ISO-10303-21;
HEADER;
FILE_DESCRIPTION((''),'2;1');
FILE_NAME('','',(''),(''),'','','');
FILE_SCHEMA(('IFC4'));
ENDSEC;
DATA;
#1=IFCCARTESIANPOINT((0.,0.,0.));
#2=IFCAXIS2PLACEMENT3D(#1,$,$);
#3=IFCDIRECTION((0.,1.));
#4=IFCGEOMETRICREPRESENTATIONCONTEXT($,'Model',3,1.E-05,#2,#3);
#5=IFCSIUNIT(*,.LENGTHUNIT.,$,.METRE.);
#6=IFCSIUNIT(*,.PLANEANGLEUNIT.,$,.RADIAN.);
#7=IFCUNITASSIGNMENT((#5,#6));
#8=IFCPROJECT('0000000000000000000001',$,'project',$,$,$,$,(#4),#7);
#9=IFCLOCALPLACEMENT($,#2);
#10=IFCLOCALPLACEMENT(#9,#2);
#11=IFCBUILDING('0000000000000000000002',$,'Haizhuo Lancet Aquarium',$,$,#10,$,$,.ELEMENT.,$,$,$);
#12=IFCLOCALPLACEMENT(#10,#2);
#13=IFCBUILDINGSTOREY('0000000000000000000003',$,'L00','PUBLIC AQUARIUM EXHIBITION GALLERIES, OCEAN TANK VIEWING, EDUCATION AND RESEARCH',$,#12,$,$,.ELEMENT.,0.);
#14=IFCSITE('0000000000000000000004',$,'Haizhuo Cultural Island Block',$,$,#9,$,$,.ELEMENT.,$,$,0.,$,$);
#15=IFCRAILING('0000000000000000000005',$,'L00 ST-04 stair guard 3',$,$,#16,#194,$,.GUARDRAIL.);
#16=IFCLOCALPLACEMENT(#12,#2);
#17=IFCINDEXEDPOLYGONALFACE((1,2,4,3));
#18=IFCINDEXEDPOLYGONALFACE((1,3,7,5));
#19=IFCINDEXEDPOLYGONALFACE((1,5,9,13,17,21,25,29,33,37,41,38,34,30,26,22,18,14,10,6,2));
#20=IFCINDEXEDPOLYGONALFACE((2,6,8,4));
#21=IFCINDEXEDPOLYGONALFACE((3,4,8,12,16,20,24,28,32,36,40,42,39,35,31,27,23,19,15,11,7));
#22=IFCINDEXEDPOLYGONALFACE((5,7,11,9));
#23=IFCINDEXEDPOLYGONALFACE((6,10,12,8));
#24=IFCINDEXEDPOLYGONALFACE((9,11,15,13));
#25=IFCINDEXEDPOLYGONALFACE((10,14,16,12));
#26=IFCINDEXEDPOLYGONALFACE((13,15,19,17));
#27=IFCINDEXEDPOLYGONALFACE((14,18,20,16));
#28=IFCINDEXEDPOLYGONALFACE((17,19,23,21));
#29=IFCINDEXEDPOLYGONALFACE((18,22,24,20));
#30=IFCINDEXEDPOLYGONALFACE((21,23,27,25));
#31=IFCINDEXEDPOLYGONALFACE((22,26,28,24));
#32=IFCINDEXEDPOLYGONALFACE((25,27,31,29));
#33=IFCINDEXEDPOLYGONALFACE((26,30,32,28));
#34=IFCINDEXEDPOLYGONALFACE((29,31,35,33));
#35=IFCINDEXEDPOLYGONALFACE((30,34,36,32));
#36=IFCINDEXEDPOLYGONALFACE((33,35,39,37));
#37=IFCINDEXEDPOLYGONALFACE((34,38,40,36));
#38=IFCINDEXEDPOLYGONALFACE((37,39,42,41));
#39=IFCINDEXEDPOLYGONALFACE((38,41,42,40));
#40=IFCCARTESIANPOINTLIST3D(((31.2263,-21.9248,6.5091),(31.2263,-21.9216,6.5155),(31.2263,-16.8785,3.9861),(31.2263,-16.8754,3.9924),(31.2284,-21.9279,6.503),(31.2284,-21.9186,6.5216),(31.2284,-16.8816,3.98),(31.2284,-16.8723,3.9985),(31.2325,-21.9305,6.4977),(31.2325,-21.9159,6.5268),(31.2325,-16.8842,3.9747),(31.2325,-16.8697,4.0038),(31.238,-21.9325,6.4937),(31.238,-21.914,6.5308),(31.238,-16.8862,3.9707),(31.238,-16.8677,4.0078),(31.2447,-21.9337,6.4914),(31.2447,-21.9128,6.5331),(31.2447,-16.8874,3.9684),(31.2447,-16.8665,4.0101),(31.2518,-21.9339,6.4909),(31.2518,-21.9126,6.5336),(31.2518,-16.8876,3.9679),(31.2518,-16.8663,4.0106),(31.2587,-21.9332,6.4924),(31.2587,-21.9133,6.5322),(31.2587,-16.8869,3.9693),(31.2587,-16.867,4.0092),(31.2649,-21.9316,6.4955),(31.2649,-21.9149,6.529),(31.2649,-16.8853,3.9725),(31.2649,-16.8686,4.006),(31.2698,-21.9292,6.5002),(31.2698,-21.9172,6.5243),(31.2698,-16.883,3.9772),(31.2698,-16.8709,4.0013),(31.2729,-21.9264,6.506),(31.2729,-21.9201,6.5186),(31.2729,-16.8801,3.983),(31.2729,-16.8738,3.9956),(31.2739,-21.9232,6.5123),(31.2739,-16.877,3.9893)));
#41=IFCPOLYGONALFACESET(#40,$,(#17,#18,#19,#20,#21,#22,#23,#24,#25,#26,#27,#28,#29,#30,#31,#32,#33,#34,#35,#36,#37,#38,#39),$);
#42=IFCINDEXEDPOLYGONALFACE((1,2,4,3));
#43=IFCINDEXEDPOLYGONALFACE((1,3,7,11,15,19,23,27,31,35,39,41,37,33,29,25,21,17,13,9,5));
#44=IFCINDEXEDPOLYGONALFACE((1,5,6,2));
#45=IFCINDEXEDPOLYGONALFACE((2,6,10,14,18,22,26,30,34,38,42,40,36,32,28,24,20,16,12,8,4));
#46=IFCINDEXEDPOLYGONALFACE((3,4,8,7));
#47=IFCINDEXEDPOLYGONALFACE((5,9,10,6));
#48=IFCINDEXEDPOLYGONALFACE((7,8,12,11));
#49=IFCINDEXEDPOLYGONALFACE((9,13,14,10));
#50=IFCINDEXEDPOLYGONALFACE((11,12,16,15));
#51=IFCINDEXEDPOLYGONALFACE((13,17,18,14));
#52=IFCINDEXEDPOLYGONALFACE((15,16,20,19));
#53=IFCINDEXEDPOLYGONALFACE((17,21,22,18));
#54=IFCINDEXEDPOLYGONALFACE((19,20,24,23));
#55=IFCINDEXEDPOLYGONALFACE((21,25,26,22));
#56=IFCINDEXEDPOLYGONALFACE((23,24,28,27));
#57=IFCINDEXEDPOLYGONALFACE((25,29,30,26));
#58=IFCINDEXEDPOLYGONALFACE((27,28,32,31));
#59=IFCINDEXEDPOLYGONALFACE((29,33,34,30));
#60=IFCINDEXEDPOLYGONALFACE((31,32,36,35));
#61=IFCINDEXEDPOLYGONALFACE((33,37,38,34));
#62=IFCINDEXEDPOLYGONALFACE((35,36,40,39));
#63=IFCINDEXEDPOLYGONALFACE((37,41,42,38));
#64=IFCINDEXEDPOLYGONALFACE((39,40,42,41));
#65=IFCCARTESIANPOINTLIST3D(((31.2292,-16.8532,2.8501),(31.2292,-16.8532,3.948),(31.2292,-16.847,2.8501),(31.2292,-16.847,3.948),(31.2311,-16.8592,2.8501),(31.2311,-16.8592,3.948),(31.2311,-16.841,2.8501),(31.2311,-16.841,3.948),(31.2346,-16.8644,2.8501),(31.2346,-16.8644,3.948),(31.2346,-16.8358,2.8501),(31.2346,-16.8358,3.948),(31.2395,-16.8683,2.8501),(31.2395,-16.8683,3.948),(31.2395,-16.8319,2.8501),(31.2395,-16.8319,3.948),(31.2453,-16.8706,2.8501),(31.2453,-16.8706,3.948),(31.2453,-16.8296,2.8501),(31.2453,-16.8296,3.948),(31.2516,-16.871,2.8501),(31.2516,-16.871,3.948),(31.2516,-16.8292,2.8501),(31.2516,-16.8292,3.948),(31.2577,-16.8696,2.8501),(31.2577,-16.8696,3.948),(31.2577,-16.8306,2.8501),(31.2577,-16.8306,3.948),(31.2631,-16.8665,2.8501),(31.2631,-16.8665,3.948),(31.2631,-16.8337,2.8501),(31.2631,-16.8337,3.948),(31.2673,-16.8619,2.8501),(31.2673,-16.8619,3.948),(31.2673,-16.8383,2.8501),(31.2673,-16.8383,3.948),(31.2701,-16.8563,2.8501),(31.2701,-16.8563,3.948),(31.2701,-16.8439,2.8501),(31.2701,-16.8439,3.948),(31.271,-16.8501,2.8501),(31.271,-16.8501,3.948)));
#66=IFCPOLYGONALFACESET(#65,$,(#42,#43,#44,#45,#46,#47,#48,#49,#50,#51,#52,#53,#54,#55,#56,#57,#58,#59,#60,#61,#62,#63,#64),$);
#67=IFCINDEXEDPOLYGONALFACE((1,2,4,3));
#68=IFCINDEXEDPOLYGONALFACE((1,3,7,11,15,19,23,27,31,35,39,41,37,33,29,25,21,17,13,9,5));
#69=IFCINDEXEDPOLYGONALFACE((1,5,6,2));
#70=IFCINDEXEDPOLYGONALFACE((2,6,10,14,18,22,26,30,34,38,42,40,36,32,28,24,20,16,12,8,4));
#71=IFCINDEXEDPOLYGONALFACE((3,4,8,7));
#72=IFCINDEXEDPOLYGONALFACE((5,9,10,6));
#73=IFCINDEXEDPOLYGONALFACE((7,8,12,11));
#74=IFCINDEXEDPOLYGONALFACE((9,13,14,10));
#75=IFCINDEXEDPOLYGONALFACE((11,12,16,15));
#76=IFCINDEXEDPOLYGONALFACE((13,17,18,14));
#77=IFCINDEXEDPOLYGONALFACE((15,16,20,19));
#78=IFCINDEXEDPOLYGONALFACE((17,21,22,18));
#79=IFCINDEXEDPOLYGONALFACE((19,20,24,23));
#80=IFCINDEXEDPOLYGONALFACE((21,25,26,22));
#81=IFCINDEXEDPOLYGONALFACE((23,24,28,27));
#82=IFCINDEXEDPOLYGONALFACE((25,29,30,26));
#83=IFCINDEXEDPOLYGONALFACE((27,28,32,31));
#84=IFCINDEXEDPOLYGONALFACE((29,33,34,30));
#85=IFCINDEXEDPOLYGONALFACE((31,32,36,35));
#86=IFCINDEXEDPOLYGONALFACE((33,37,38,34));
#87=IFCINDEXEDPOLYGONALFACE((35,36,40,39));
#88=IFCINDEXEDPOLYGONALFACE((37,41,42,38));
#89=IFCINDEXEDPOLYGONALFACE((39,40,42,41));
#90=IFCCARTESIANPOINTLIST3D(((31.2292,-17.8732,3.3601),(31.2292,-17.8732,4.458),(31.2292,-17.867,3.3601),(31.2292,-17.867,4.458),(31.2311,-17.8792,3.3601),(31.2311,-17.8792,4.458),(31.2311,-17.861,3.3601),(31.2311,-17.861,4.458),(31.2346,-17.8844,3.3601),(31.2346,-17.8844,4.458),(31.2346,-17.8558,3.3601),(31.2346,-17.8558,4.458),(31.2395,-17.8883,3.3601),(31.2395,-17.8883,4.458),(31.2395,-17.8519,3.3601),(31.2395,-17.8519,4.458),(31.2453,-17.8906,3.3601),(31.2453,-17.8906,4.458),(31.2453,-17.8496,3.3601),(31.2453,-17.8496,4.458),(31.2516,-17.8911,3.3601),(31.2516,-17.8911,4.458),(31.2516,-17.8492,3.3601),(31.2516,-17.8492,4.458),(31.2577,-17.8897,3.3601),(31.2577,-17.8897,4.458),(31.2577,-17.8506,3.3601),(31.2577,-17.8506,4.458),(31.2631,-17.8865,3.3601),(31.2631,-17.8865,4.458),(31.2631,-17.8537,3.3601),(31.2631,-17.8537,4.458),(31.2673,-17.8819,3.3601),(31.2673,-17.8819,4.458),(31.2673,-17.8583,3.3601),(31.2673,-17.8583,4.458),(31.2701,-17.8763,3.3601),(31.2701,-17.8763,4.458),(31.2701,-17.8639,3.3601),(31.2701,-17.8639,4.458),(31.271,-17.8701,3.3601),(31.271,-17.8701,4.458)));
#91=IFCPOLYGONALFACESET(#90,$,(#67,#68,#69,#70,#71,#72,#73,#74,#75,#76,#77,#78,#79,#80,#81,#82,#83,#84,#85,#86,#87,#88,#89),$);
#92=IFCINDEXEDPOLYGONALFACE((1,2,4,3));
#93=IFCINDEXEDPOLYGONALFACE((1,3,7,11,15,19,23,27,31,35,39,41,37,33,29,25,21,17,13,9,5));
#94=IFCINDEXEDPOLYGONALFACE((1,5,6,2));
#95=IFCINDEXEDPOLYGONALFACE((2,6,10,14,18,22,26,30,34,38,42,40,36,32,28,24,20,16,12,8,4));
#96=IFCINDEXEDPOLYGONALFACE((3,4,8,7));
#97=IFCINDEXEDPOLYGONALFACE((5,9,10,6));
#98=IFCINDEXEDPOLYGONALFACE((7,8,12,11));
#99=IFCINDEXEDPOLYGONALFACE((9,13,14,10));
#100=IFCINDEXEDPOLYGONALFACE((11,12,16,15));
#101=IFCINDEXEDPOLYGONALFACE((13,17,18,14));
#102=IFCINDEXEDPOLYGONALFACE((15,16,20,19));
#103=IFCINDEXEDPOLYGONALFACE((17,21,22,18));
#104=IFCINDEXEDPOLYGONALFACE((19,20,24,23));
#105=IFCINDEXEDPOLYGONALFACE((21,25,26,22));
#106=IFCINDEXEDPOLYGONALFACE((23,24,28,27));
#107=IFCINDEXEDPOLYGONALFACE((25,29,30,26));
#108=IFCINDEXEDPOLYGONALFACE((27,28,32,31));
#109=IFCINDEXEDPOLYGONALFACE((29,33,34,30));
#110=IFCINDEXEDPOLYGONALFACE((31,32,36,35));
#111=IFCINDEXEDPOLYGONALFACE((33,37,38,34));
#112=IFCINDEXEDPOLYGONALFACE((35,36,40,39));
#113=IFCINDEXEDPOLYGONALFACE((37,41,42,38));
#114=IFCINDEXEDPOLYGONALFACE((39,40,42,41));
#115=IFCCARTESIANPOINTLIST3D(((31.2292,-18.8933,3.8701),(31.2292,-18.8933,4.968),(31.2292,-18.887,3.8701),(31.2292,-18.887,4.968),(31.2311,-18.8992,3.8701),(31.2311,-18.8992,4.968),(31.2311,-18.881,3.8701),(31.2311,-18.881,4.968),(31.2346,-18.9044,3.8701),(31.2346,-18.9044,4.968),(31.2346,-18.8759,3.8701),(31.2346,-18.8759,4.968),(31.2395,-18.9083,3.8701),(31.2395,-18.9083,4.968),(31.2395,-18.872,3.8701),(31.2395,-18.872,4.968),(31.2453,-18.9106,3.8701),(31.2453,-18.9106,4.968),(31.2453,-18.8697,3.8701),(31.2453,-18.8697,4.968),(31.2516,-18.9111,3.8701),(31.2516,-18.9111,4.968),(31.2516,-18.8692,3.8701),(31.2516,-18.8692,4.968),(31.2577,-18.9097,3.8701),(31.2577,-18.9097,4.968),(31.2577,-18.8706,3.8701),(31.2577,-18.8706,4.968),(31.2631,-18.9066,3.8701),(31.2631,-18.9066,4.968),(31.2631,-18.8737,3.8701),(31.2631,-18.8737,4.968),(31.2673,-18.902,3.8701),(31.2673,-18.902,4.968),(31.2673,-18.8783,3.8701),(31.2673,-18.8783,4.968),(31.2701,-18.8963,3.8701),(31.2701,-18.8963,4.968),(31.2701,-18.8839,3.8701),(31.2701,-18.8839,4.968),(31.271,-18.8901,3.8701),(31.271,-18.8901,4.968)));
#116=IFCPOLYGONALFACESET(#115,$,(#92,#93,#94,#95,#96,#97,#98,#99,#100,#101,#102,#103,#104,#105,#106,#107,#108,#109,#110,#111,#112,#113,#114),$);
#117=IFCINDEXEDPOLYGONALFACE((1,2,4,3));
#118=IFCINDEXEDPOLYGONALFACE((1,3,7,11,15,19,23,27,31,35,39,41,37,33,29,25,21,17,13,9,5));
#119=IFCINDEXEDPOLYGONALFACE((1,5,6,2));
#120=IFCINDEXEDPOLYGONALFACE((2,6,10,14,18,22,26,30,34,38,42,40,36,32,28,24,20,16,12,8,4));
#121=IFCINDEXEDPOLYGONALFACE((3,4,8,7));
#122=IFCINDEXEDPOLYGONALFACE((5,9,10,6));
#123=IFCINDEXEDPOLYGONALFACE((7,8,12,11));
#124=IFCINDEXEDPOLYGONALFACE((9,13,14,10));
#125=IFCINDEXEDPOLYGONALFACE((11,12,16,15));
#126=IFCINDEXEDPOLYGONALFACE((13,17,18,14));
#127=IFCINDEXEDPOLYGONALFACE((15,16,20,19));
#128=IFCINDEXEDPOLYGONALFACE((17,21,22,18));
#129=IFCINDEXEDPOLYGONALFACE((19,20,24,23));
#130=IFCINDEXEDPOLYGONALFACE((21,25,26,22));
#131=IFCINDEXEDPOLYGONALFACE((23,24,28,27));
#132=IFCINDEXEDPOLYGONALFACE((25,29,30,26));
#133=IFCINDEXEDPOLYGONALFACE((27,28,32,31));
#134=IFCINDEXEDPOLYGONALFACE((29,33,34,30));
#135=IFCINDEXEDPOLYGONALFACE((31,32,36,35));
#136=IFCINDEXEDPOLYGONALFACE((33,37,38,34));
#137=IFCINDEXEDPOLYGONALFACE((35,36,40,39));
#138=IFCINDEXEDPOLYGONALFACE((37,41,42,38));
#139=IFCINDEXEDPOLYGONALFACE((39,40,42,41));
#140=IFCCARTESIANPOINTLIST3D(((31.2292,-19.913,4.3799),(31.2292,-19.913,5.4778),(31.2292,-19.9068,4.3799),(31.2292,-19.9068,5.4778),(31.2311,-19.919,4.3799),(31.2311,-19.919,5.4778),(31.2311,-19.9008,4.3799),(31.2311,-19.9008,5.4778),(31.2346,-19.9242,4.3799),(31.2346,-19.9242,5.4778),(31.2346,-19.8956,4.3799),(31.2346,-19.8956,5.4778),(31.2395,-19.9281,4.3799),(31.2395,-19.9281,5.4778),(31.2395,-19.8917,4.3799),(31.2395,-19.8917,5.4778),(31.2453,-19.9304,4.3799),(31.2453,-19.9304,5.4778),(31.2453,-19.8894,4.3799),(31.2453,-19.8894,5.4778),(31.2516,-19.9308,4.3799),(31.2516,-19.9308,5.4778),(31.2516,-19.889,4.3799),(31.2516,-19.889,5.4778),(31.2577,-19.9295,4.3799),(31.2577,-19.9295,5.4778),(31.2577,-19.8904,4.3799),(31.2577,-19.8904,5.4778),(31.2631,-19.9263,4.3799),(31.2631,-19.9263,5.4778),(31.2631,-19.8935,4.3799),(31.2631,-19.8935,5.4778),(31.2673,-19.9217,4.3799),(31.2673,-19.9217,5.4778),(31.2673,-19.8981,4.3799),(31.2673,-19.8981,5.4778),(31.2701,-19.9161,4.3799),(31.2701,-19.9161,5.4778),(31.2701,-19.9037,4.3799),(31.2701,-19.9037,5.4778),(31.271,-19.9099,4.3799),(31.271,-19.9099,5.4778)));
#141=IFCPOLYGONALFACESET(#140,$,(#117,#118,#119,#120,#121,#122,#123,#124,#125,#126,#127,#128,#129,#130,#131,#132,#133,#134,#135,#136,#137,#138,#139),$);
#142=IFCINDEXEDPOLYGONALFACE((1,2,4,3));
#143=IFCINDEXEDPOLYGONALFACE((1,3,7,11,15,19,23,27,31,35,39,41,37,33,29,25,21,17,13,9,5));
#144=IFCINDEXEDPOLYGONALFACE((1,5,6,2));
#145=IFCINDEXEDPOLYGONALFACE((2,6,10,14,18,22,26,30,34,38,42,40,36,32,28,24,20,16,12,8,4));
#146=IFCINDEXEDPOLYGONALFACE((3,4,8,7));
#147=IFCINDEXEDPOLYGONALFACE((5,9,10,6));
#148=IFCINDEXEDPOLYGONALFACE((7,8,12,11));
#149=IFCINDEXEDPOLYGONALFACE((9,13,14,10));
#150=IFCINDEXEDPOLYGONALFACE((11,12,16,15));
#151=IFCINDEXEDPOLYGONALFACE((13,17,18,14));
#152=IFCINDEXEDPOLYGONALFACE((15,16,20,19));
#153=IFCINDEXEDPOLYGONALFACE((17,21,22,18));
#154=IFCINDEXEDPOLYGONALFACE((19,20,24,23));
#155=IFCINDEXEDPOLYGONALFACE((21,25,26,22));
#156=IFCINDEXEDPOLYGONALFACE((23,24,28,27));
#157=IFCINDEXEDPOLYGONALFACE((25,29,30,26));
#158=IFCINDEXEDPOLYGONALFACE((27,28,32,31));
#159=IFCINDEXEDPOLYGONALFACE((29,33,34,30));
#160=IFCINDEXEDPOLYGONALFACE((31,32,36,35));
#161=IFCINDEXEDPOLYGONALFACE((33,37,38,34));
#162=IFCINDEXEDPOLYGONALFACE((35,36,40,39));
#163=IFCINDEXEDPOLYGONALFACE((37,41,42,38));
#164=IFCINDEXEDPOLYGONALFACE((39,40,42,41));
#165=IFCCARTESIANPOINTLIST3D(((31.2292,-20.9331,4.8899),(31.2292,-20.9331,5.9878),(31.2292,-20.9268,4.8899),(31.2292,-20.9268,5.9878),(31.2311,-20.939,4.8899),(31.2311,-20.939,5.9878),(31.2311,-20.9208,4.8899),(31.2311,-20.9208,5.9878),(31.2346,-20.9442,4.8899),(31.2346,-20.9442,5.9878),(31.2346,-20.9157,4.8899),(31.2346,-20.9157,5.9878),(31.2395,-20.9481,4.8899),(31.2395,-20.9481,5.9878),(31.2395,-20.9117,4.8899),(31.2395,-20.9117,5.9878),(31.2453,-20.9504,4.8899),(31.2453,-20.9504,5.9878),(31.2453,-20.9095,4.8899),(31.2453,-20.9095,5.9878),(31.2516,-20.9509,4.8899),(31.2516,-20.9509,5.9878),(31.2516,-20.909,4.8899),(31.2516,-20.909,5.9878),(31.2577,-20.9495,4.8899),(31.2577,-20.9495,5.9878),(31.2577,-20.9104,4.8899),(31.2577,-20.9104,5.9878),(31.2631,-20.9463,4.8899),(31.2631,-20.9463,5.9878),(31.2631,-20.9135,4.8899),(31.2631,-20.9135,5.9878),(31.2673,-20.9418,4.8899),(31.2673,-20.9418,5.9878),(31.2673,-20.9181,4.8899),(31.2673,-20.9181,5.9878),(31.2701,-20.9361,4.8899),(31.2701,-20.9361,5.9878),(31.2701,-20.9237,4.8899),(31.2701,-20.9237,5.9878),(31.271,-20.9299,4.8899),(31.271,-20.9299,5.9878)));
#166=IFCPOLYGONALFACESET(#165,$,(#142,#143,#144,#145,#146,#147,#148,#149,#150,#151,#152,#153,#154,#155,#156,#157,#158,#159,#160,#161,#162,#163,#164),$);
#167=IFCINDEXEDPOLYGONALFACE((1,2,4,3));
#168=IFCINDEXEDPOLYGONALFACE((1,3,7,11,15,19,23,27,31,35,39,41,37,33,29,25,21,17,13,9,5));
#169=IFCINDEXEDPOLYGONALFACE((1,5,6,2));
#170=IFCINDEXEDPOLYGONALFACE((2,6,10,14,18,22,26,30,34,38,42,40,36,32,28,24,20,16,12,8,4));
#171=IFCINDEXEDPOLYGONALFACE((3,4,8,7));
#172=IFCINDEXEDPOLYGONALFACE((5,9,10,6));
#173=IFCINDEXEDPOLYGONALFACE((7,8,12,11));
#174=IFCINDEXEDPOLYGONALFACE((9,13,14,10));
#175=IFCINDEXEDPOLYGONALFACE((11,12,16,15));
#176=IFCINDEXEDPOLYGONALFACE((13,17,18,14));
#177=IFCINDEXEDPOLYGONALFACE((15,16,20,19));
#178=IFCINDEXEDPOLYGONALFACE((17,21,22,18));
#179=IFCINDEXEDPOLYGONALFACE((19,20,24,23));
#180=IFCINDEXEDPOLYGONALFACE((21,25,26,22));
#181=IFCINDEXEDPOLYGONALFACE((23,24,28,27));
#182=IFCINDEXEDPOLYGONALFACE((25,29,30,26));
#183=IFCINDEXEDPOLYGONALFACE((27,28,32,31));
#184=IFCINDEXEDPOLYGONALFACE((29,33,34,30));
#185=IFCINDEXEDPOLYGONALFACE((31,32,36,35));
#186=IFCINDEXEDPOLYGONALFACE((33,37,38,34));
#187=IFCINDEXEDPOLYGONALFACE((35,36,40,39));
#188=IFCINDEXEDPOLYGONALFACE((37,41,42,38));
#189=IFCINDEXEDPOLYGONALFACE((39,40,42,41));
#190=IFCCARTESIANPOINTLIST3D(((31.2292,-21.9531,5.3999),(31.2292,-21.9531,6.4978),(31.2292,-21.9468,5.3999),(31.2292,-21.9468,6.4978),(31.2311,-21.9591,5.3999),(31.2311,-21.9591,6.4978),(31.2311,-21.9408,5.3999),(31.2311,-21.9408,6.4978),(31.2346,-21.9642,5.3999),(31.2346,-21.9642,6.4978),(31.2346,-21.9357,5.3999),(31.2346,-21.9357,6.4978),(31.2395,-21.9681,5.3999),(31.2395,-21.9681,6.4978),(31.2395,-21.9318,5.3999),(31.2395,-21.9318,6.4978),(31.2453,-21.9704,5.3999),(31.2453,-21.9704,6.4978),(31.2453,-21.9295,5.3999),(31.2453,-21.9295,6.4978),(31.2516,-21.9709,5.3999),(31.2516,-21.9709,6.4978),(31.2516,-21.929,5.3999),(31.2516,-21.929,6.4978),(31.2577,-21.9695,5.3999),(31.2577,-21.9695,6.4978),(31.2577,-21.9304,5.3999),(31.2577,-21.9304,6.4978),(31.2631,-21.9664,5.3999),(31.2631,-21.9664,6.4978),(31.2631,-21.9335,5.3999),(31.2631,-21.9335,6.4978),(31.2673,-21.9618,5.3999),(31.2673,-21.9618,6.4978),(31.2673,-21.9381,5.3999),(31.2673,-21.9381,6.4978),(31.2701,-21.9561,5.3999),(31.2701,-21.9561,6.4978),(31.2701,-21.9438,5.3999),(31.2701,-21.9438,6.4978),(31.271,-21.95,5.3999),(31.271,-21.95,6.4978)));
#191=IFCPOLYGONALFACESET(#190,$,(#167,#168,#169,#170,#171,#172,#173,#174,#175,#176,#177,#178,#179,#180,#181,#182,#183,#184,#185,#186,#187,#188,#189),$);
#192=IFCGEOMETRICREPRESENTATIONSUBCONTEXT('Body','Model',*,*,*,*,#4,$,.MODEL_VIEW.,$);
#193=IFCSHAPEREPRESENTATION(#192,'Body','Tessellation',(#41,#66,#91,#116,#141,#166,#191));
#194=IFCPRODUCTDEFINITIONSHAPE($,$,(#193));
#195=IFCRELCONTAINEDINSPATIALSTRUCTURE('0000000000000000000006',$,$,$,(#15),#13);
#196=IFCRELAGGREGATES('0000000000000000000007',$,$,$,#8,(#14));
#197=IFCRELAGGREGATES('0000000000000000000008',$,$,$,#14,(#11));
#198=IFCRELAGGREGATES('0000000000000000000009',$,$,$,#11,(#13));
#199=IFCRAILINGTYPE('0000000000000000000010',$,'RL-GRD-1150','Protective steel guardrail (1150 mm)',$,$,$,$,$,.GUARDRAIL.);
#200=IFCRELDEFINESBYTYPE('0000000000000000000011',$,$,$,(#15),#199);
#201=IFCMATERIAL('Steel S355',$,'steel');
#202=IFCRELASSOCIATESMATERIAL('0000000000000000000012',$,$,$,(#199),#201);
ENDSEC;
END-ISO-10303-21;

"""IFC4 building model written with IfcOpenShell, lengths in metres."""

from ifc_helpers import new_model, si_unit, direction, frame, origin, origin_2d, place, context, subcontext, project, spatial, circle, extrude, material, type_object, element, save


model = new_model("IFC4")

# Units and contexts
model_context = context("Model", 3, precision=1e-05, world=origin(), true_north=direction((0.0, 1.0)))
body_context = subcontext(model_context, "Body", "Model", "MODEL_VIEW")
ifc_project = project(units=[si_unit("LENGTHUNIT", "METRE"), si_unit("PLANEANGLEUNIT", "RADIAN")], contexts=[model_context])

# Site, building, storey
site_placement = place(None, origin())
site = spatial("IfcSite", under=ifc_project, at=site_placement, Name="Haizhuo Cultural Island Block", CompositionType="ELEMENT", RefElevation=0.0)
building_placement = place(site_placement, origin())
building = spatial("IfcBuilding", under=site, at=building_placement, Name="Haizhuo Lancet Aquarium", CompositionType="ELEMENT")
storey_placement = place(building_placement, origin())
storey = spatial("IfcBuildingStorey", under=building, at=storey_placement, Name="L00", Description="PUBLIC AQUARIUM EXHIBITION GALLERIES, OCEAN TANK VIEWING, EDUCATION AND RESEARCH", CompositionType="ELEMENT", Elevation=0.0)

# Shared definitions
ifc_material_1 = material(Name="Steel S355", Category="steel")

# Railing
railing_type_1 = type_object("IfcRailingType", Name="RL-GRD-1150", Description="Protective steel guardrail (1150 mm)", PredefinedType="GUARDRAIL", material=ifc_material_1)
railing_1_placement = place(storey_placement, frame((31.25, -16.8501, 2.8501)))
element("IfcRailing", 1, at=railing_1_placement, inside=storey, type_object=railing_type_1, Name="L00 ST-04 stair guard 3", PredefinedType="GUARDRAIL", context=body_context, shape_type="SweptSolid", body=[
    extrude(circle(Radius=0.0239, at=origin_2d()), frame((0.0, -0.0269, 1.1392), z_axis=(0.0, -0.894436, 0.447196), x_axis=(1.0, 0.0, 0.0)), (0.0, 0.0, 1.0), 5.6418),
    extrude(circle(Radius=0.021, at=origin_2d()), origin(), (0.0, 0.0, 1.0), 1.0979),
    extrude(circle(Radius=0.021, at=origin_2d()), frame((0.0, -1.02, 0.51)), (0.0, 0.0, 1.0), 1.0979),
    extrude(circle(Radius=0.021, at=origin_2d()), frame((0.0, -2.04, 1.02)), (0.0, 0.0, 1.0), 1.0979),
    extrude(circle(Radius=0.021, at=origin_2d()), frame((0.0, -3.0598, 1.5298)), (0.0, 0.0, 1.0), 1.0979),
    extrude(circle(Radius=0.021, at=origin_2d()), frame((0.0, -4.0798, 2.0398)), (0.0, 0.0, 1.0), 1.0979),
    extrude(circle(Radius=0.021, at=origin_2d()), frame((0.0, -5.0999, 2.5498)), (0.0, 0.0, 1.0), 1.0979),
])

save(model, "model.ifc")
